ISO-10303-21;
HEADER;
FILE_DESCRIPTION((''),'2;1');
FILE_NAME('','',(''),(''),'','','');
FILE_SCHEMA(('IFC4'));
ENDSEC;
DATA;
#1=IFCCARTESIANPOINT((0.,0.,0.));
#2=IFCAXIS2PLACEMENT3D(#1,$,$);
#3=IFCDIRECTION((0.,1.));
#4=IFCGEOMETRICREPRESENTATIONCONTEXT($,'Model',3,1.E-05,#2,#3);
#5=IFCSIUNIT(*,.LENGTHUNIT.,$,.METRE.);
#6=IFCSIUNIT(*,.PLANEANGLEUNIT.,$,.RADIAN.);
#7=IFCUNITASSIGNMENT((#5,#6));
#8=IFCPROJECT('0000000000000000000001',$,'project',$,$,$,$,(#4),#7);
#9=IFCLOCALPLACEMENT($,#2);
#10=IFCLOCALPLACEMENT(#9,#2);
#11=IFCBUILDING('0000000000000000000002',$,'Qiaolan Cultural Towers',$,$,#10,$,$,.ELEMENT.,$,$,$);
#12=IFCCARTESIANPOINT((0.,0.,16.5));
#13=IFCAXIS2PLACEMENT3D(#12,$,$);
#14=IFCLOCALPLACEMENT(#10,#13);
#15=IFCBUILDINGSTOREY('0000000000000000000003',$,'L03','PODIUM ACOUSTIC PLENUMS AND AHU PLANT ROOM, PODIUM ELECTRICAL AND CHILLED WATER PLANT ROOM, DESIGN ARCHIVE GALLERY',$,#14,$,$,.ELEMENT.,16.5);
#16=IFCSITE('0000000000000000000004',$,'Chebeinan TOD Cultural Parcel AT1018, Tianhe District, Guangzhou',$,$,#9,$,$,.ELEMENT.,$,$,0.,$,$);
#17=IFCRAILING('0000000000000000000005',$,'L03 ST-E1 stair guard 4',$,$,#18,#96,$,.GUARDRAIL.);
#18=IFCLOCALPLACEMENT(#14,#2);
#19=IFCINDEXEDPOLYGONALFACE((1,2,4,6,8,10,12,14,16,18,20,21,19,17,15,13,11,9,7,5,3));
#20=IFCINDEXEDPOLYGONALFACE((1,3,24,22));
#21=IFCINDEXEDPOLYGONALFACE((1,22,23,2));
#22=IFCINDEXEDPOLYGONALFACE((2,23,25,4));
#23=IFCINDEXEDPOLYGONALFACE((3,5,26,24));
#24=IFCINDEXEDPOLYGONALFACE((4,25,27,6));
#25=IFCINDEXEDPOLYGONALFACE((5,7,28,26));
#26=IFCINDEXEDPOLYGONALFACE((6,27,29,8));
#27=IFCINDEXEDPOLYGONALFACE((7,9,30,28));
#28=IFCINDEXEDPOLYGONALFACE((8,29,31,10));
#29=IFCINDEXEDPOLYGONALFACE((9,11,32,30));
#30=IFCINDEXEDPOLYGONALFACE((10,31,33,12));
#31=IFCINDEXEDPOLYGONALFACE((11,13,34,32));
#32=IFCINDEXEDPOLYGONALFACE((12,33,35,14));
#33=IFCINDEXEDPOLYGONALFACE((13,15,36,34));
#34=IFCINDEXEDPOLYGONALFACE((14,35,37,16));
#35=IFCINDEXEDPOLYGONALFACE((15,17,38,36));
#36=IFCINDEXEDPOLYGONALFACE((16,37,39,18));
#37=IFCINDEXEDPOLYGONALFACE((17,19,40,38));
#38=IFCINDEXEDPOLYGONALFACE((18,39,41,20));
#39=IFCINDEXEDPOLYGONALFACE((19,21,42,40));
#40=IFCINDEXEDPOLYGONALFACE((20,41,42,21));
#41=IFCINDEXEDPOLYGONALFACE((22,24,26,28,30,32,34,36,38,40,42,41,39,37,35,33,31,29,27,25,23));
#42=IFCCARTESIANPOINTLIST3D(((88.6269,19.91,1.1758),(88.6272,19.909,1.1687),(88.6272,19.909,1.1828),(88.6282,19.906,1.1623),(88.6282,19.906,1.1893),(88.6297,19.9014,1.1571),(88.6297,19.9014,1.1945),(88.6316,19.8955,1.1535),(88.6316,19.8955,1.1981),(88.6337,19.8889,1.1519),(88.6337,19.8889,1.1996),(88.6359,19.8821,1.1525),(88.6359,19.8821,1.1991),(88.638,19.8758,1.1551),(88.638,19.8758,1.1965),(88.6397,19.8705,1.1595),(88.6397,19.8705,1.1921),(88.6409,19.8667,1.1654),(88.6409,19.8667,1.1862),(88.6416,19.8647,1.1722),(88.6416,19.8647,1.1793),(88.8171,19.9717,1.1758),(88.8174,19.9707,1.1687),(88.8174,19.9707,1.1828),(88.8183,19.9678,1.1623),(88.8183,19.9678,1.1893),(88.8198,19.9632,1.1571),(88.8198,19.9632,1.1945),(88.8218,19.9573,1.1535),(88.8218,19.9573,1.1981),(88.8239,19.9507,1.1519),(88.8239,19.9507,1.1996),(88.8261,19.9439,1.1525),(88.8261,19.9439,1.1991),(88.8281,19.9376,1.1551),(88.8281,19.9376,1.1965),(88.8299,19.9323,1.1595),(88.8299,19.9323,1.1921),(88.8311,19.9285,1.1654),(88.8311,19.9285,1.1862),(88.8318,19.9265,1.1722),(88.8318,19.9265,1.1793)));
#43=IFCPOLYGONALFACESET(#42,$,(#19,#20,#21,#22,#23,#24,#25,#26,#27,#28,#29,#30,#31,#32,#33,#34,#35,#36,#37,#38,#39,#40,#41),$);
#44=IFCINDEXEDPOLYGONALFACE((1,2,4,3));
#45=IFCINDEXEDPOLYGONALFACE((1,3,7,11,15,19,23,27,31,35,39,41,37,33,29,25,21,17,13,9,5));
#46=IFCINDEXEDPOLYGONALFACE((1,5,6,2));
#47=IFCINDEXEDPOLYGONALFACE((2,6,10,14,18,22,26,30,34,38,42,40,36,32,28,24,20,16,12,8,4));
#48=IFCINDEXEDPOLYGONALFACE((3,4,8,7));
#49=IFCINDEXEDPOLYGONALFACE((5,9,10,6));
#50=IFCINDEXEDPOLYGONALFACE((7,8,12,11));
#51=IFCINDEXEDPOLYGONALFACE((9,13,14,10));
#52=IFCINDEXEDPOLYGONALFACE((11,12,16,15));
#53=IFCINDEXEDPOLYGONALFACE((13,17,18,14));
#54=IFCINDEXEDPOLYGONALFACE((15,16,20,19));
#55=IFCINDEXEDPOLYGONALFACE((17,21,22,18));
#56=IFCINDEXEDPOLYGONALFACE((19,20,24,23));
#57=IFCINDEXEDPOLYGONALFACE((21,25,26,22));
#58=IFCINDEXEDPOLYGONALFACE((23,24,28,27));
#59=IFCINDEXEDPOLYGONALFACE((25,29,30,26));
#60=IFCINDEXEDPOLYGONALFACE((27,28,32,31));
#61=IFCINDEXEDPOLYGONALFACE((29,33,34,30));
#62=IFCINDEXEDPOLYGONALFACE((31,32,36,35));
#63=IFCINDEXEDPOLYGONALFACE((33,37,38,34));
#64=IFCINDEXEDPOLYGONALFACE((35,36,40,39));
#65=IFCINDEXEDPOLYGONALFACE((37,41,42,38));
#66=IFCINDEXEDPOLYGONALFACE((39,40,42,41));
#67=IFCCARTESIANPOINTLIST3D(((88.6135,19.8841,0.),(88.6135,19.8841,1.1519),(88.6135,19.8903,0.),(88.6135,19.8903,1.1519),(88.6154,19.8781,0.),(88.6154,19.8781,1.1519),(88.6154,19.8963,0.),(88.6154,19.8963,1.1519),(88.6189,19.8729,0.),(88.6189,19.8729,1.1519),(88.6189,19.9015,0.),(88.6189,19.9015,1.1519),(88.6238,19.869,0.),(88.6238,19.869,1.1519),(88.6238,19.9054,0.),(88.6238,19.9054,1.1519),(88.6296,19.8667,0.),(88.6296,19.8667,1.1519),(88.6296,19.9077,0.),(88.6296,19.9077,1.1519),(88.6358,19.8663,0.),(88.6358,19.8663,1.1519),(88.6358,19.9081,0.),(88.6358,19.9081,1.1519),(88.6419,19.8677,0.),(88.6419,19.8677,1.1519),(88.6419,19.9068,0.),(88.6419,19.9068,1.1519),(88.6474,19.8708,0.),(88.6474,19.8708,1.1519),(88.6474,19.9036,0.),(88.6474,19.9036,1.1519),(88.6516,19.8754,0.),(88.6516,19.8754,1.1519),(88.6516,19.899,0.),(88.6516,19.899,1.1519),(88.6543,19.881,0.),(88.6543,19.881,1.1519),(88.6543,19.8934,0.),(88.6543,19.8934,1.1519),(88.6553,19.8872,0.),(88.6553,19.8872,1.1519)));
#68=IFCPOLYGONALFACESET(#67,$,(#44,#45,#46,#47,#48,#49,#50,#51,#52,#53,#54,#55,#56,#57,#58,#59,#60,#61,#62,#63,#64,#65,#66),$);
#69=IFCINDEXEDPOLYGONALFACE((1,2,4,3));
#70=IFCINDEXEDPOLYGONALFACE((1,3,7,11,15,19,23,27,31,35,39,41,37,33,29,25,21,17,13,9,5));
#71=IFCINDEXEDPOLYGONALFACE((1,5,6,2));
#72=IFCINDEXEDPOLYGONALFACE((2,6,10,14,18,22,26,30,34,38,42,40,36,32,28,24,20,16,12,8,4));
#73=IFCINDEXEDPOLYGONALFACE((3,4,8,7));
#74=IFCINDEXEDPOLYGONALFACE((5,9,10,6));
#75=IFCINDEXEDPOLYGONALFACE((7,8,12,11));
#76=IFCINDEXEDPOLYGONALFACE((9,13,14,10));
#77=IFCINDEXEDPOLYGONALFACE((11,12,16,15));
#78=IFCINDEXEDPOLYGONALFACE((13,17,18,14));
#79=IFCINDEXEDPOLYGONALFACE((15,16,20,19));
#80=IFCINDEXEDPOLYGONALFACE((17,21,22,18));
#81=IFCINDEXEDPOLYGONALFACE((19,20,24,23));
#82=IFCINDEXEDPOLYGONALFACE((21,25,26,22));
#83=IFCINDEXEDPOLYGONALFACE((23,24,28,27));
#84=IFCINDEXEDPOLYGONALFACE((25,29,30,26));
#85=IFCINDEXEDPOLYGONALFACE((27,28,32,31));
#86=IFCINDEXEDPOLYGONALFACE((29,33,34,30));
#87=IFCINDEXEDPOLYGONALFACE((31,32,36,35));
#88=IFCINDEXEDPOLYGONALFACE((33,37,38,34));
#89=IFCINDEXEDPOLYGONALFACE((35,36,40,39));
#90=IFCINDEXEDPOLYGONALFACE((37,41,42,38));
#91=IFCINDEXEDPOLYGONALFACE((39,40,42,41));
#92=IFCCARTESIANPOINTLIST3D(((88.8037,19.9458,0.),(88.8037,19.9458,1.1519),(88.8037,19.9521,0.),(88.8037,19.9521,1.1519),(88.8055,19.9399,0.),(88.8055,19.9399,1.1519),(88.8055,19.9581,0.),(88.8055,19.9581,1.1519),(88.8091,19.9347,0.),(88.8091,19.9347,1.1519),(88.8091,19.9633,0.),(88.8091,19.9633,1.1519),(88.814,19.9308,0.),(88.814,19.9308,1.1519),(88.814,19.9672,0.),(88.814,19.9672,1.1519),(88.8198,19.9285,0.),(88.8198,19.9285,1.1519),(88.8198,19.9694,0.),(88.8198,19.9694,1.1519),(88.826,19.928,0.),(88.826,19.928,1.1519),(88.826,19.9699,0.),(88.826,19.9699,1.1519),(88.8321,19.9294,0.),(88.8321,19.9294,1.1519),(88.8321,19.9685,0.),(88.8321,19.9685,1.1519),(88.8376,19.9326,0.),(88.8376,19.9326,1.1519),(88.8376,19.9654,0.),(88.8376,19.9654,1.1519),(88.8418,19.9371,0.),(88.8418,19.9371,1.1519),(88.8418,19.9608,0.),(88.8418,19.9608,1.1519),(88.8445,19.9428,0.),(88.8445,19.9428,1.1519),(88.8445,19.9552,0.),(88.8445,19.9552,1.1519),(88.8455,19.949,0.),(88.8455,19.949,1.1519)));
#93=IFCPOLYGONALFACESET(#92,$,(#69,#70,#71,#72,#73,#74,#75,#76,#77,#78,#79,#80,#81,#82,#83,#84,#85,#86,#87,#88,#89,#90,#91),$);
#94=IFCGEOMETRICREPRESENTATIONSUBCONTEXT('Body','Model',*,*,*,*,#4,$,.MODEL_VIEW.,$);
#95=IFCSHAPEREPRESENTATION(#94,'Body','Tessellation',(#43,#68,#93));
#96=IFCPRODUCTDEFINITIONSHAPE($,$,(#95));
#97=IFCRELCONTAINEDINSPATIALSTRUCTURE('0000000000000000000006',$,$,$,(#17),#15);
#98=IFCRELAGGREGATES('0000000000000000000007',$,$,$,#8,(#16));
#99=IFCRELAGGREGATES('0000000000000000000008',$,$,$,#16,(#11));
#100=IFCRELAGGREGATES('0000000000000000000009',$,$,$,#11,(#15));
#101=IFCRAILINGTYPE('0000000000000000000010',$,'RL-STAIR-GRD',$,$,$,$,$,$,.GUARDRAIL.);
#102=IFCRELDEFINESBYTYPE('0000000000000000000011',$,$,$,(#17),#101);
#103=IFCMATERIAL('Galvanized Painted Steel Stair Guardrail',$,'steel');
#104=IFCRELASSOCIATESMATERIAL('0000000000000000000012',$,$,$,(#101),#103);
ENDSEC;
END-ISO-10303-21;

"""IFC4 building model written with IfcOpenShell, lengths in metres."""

from ifc_helpers import new_model, si_unit, direction, frame, origin, origin_2d, place, context, subcontext, project, spatial, circle, extrude, material, type_object, element, save


model = new_model("IFC4")

# Units and contexts
model_context = context("Model", 3, precision=1e-05, world=origin(), true_north=direction((0.0, 1.0)))
body_context = subcontext(model_context, "Body", "Model", "MODEL_VIEW")
ifc_project = project(units=[si_unit("LENGTHUNIT", "METRE"), si_unit("PLANEANGLEUNIT", "RADIAN")], contexts=[model_context])

# Site, building, storey
site_placement = place(None, origin())
site = spatial("IfcSite", under=ifc_project, at=site_placement, Name="Chebeinan TOD Cultural Parcel AT1018, Tianhe District, Guangzhou", CompositionType="ELEMENT", RefElevation=0.0)
building_placement = place(site_placement, origin())
building = spatial("IfcBuilding", under=site, at=building_placement, Name="Qiaolan Cultural Towers", CompositionType="ELEMENT")
storey_placement = place(building_placement, frame((0.0, 0.0, 16.5)))
storey = spatial("IfcBuildingStorey", under=building, at=storey_placement, Name="L03", Description="PODIUM ACOUSTIC PLENUMS AND AHU PLANT ROOM, PODIUM ELECTRICAL AND CHILLED WATER PLANT ROOM, DESIGN ARCHIVE GALLERY", CompositionType="ELEMENT", Elevation=16.5)

# Railing
ifc_material_1 = material(Name="Galvanized Painted Steel Stair Guardrail", Category="steel")
railing_type_1 = type_object("IfcRailingType", Name="RL-STAIR-GRD", PredefinedType="GUARDRAIL", material=ifc_material_1)
railing_1_placement = place(storey_placement, frame((88.6343, 19.8872, 0.0)))
element("IfcRailing", 1, at=railing_1_placement, inside=storey, type_object=railing_type_1, Name="L03 ST-E1 stair guard 4", PredefinedType="GUARDRAIL", context=body_context, shape_type="SweptSolid", body=[
    extrude(circle(Radius=0.0239, at=origin_2d()), frame((0.0, 0.0, 1.1758), z_axis=(0.951097, 0.308893, 0.0), x_axis=(-0.308893, 0.951097, 0.0)), (0.0, 0.0, 1.0), 0.2),
    extrude(circle(Radius=0.021, at=origin_2d()), origin(), (0.0, 0.0, 1.0), 1.1519),
    extrude(circle(Radius=0.021, at=origin_2d()), frame((0.1902, 0.0618, 0.0)), (0.0, 0.0, 1.0), 1.1519),
])

save(model, "model.ifc")
